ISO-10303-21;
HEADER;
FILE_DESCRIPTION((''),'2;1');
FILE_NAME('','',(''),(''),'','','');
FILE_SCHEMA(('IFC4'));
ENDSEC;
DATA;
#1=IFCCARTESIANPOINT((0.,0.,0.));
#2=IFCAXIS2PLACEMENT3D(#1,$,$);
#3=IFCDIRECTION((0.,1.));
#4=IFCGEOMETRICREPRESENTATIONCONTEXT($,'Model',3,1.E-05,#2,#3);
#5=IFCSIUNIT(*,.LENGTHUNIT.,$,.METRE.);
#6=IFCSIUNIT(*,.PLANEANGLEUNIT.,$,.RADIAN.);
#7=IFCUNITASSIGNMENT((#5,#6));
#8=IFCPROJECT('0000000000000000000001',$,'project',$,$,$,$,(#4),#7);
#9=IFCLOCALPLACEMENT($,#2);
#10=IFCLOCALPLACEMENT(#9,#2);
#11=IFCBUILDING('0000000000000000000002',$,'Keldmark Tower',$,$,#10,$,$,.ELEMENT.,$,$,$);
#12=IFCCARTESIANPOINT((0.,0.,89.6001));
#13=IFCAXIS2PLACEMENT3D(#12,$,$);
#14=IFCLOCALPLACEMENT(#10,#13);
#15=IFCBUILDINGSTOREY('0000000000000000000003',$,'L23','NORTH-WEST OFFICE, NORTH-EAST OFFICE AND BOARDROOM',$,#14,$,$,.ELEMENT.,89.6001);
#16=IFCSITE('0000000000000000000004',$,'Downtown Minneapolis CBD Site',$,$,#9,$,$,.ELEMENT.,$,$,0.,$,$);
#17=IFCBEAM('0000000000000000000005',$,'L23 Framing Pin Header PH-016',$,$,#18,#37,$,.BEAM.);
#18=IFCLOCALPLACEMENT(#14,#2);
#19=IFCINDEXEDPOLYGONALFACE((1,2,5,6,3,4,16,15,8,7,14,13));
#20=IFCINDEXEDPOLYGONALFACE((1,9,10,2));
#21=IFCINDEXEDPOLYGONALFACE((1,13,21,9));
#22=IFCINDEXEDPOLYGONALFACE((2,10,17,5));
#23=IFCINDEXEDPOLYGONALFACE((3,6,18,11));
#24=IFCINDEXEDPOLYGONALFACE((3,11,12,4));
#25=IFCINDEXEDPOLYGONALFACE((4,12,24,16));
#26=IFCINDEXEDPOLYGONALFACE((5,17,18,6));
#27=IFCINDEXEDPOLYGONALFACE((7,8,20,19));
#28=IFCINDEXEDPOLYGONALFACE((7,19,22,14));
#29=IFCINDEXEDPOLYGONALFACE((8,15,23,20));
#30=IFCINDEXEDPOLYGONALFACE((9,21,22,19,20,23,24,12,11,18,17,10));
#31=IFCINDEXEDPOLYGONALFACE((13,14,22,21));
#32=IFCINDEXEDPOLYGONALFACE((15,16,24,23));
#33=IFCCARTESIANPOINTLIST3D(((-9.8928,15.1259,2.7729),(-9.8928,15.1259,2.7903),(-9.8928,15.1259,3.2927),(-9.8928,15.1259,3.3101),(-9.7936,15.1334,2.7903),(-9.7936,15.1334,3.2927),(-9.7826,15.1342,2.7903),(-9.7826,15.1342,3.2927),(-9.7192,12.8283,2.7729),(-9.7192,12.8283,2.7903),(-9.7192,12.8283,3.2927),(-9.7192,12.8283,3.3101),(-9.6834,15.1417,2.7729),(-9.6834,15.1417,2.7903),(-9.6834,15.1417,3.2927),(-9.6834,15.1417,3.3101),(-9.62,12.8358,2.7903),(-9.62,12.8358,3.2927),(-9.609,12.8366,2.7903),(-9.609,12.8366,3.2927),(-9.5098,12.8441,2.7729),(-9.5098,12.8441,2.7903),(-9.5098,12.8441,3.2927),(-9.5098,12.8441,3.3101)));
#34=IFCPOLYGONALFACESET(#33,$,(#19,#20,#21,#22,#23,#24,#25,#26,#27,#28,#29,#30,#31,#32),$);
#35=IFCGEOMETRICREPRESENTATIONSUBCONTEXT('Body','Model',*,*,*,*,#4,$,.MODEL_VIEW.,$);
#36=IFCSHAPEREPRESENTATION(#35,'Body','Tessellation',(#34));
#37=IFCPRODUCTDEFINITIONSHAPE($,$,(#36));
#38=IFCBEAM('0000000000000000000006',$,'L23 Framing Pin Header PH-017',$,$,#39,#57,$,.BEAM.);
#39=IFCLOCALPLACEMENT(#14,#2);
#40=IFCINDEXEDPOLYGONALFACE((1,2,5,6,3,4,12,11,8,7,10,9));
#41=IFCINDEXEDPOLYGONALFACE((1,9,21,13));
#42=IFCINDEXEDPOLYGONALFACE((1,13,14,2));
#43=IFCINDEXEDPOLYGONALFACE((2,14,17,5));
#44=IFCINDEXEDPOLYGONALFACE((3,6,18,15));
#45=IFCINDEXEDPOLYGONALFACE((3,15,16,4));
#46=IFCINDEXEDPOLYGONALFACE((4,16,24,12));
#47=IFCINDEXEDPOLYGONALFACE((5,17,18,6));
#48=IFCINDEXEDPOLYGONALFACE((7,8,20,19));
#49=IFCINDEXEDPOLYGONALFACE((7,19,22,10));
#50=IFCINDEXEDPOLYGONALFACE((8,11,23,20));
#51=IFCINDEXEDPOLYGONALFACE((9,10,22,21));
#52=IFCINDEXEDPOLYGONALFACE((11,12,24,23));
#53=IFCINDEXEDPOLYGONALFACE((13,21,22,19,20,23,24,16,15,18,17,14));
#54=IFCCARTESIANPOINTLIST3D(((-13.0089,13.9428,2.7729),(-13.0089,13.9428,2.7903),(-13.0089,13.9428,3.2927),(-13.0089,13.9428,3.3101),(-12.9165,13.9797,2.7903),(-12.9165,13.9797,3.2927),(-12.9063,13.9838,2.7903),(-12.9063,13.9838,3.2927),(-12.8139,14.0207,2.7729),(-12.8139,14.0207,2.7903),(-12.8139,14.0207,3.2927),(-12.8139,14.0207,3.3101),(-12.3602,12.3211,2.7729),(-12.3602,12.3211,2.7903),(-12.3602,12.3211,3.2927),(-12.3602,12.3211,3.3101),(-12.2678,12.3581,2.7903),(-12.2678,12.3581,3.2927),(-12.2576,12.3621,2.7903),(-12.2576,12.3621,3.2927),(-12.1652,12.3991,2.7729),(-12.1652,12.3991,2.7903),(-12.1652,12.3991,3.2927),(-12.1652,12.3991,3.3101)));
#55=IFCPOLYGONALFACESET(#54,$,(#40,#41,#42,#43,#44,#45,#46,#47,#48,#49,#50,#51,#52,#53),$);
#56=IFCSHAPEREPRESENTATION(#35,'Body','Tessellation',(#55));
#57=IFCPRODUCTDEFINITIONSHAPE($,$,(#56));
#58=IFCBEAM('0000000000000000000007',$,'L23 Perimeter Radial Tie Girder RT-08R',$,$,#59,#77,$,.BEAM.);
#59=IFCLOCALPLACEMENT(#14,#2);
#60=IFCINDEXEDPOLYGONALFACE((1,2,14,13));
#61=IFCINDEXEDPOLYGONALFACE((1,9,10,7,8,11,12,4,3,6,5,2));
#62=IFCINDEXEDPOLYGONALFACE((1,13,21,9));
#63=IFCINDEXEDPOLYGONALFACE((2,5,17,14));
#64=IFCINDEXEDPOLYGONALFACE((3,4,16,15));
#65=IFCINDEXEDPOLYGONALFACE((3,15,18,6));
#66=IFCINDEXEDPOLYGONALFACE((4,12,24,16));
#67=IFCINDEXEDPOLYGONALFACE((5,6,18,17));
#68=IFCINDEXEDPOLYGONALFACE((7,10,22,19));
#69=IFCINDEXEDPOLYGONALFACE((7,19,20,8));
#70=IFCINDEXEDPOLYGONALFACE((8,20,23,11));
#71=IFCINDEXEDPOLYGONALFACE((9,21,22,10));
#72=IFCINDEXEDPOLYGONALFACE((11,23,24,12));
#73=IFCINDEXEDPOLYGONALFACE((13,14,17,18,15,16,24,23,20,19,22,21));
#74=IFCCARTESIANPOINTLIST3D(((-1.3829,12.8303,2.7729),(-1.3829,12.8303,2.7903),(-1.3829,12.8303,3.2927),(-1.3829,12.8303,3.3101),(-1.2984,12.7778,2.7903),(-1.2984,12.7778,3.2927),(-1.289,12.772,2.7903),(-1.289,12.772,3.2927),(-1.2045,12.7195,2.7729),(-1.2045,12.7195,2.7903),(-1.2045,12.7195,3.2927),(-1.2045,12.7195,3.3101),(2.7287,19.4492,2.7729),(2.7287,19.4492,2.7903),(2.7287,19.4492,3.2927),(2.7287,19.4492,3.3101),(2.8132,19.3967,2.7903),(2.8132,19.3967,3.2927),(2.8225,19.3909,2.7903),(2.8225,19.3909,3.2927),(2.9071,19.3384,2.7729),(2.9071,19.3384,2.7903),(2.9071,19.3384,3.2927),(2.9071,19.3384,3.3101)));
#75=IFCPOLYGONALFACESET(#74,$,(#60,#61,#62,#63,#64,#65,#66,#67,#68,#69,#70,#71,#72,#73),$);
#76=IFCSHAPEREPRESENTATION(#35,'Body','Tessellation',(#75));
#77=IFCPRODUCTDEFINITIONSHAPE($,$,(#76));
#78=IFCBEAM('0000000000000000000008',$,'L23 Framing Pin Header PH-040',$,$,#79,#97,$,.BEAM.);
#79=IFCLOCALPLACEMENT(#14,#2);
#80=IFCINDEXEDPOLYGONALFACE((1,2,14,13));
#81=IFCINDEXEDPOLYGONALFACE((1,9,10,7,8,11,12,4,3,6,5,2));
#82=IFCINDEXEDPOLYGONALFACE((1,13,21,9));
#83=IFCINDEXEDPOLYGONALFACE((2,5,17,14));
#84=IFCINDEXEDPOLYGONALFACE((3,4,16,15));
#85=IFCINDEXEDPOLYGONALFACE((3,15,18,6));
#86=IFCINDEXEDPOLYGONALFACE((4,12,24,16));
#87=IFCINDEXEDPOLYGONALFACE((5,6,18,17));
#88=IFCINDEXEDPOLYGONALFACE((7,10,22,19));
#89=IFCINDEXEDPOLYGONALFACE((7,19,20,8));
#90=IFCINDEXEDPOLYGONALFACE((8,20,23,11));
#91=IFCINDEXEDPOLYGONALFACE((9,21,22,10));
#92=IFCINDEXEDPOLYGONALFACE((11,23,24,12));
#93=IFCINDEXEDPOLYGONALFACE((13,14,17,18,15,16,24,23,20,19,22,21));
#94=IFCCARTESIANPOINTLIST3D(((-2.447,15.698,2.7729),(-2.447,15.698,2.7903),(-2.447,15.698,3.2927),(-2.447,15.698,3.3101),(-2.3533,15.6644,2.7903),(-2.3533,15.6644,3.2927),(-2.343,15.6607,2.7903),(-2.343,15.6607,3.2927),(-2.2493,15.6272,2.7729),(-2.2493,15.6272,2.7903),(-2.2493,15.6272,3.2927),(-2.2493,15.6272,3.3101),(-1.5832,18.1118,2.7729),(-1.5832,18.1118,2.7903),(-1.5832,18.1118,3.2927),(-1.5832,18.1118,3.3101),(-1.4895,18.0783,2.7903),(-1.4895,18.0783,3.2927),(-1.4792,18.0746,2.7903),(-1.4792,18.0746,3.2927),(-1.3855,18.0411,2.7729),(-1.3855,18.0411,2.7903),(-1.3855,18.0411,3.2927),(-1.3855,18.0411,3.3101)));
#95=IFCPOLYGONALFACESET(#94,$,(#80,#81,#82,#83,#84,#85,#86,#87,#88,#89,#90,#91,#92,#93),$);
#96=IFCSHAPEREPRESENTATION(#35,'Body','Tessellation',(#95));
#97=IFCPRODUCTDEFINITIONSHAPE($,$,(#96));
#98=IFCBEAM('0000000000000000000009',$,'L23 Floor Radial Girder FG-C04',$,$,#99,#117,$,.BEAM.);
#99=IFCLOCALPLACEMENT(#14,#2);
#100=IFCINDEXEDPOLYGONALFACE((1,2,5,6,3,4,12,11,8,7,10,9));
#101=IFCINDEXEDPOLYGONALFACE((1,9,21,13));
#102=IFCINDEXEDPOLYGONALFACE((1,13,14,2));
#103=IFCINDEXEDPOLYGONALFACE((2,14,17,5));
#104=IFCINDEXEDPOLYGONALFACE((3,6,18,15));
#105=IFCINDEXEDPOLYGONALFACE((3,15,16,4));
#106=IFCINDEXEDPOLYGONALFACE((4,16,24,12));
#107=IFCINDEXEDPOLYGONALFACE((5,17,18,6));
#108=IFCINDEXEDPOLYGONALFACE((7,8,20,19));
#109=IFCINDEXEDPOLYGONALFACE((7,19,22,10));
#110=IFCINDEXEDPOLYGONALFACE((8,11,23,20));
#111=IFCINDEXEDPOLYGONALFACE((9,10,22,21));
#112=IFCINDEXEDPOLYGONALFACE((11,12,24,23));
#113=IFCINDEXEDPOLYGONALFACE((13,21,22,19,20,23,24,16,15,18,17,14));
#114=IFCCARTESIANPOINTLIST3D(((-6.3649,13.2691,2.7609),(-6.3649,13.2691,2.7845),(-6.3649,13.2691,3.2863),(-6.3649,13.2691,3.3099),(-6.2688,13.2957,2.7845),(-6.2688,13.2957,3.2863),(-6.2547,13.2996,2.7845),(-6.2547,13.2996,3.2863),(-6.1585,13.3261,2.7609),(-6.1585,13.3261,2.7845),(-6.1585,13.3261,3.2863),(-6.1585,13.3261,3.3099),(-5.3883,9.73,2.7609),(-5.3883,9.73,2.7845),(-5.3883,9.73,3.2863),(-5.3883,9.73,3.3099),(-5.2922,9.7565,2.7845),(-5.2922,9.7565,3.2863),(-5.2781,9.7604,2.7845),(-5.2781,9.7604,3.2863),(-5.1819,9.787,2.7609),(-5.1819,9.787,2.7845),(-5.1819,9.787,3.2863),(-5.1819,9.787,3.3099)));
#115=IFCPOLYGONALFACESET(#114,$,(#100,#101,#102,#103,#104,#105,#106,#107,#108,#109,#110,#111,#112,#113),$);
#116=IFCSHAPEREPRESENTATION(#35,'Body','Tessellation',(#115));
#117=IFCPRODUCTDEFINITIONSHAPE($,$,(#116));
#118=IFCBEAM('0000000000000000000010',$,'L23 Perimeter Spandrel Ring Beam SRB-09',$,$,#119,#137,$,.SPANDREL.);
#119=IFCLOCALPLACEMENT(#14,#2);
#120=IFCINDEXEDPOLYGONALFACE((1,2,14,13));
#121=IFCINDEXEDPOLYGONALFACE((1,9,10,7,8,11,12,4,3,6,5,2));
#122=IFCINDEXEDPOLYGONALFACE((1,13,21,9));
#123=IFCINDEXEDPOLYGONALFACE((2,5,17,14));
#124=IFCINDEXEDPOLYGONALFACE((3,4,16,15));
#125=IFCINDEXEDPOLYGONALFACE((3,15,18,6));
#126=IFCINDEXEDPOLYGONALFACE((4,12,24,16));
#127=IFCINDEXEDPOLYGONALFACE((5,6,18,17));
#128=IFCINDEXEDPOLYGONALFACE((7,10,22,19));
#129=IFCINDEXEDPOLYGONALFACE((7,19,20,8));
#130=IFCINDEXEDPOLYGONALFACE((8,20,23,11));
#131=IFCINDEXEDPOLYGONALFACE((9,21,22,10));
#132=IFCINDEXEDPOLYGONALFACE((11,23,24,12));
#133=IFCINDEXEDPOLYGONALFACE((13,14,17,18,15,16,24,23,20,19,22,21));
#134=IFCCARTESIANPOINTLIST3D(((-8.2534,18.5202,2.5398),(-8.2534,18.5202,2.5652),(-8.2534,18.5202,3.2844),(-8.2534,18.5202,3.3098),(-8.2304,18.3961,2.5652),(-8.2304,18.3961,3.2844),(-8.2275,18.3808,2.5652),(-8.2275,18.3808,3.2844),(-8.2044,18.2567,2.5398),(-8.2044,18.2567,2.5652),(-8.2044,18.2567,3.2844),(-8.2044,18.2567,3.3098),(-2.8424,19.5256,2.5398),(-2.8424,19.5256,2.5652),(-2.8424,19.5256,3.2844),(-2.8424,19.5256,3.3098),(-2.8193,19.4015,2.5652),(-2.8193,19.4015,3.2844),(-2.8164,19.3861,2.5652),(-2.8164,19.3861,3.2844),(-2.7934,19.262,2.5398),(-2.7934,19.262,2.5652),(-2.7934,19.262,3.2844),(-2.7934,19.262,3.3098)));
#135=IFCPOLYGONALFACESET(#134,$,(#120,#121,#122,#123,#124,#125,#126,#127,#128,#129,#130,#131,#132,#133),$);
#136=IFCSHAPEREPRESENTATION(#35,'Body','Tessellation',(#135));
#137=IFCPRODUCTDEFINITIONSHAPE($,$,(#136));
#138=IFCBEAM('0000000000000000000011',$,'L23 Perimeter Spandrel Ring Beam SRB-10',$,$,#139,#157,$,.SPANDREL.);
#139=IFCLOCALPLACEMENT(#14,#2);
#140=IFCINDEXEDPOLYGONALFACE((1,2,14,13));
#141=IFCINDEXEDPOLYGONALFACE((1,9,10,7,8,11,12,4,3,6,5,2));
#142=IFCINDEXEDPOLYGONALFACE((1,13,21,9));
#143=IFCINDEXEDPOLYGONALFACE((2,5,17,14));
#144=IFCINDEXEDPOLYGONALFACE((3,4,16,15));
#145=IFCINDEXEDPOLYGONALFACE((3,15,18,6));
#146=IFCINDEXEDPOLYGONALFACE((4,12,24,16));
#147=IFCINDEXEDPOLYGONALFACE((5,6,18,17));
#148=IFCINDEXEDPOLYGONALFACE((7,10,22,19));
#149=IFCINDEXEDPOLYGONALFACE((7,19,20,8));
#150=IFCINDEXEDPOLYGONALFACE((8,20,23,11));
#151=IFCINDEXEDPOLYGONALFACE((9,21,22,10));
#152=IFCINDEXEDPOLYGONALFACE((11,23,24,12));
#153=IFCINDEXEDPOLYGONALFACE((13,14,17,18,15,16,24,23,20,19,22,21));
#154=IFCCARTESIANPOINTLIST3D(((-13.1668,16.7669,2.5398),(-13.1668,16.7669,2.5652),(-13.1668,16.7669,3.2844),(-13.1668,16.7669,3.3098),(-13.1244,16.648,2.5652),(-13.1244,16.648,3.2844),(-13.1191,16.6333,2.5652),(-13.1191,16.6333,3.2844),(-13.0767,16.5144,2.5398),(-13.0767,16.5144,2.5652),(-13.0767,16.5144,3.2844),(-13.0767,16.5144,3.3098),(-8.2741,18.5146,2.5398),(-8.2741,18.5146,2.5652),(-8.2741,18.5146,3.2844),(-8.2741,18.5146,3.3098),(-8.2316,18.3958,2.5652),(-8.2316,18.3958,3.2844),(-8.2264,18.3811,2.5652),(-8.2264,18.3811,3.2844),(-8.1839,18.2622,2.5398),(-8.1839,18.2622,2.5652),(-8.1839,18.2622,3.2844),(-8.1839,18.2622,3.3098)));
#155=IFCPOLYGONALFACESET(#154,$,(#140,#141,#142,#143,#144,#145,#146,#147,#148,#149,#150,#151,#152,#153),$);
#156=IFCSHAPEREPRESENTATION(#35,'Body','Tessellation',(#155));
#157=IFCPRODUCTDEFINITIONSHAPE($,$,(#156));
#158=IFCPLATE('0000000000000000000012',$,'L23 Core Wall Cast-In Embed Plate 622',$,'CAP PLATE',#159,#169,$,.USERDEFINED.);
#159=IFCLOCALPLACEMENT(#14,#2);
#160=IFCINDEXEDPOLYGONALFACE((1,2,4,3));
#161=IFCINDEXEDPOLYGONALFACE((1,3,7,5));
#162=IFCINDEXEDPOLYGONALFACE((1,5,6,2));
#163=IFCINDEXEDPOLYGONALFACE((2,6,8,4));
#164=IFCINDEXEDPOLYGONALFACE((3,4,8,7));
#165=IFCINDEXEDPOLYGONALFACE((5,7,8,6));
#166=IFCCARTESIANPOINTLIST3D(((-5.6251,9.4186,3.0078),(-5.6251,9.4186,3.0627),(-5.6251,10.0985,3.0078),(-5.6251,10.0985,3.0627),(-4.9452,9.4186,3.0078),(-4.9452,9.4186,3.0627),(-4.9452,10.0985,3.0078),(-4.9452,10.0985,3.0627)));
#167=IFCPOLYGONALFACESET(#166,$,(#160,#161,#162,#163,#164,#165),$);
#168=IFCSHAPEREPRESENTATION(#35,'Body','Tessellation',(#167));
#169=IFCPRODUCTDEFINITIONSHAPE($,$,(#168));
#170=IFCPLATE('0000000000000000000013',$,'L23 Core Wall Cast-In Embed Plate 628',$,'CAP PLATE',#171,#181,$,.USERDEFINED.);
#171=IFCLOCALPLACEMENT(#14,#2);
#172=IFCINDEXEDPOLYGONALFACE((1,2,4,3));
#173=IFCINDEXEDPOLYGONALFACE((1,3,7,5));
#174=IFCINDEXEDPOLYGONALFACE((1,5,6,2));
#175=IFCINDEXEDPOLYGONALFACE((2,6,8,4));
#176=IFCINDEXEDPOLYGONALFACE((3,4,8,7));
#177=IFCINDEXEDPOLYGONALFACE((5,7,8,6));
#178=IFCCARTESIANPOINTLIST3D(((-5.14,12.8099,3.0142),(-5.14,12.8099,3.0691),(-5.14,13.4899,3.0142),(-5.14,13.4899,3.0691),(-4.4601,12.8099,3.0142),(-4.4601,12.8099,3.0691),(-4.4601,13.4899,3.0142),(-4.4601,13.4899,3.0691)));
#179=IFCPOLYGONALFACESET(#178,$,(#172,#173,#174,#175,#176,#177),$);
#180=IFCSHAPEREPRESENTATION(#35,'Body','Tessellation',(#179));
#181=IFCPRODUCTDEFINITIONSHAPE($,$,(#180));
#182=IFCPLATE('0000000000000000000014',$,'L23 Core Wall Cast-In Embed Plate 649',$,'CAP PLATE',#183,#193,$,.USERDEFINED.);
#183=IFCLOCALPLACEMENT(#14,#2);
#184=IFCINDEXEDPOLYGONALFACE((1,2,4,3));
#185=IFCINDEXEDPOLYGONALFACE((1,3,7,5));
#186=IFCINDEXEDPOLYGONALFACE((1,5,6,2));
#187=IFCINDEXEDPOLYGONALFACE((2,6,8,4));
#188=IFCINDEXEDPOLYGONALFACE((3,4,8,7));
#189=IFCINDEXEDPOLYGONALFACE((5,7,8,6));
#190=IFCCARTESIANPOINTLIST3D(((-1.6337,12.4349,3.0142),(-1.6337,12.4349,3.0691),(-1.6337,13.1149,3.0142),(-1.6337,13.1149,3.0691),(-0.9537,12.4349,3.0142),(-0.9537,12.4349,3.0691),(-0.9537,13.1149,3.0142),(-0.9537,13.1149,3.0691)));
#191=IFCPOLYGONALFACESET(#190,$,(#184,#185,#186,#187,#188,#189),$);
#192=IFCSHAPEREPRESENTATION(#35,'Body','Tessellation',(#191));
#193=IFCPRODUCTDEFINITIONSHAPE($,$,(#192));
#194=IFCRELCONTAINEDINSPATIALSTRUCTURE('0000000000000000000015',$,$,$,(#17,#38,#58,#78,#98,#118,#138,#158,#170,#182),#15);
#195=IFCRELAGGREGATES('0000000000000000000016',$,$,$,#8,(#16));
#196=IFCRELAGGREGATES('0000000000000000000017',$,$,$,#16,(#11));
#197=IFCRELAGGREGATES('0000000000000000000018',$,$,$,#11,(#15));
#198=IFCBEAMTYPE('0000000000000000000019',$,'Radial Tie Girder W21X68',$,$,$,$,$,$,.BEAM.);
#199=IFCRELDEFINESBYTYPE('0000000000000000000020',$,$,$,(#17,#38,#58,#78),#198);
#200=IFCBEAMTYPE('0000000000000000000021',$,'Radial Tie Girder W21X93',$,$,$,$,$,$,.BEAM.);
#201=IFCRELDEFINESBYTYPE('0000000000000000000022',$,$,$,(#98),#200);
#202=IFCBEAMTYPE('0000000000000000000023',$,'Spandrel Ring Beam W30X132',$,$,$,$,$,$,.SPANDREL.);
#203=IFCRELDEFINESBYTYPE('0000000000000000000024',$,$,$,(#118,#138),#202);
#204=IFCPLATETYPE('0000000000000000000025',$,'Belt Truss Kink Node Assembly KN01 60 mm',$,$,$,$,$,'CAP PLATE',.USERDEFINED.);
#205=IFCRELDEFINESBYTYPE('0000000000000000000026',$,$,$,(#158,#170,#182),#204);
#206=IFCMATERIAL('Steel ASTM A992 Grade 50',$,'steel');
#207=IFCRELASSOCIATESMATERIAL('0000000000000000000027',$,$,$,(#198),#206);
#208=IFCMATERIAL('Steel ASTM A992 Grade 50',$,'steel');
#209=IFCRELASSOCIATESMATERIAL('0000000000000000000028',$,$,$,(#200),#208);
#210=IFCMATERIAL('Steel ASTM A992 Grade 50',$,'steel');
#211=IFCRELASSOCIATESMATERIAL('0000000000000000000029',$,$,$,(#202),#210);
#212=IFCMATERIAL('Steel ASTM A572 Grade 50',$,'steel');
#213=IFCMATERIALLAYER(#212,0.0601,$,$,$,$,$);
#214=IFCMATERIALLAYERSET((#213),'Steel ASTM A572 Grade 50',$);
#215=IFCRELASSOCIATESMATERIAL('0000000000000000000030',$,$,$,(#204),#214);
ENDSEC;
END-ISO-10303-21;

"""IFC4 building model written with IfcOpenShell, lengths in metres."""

from ifc_helpers import new_model, si_unit, direction, frame, origin, origin_2d, place, context, subcontext, project, spatial, rectangle, i_section, extrude, material, layer, layer_set, material_profile, profile_set, type_object, element, save


model = new_model("IFC4")

# Units and contexts
model_context = context("Model", 3, precision=1e-05, world=origin(), true_north=direction((0.0, 1.0)))
body_context = subcontext(model_context, "Body", "Model", "MODEL_VIEW")
ifc_project = project(units=[si_unit("LENGTHUNIT", "METRE"), si_unit("PLANEANGLEUNIT", "RADIAN")], contexts=[model_context])

# Site, building, storey
site_placement = place(None, origin())
site = spatial("IfcSite", under=ifc_project, at=site_placement, Name="Downtown Minneapolis CBD Site", CompositionType="ELEMENT", RefElevation=0.0)
building_placement = place(site_placement, origin())
building = spatial("IfcBuilding", under=site, at=building_placement, Name="Keldmark Tower", CompositionType="ELEMENT")
storey_placement = place(building_placement, frame((0.0, 0.0, 89.6001)))
storey = spatial("IfcBuildingStorey", under=building, at=storey_placement, Name="L23", Description="NORTH-WEST OFFICE, NORTH-EAST OFFICE AND BOARDROOM", CompositionType="ELEMENT", Elevation=89.6001)

# Beams
ifc_material_1 = material(Name="Steel ASTM A992 Grade 50", Category="steel")
ifc_material_profile_1 = material_profile(ifc_material_1, i_section(OverallWidth=0.21, OverallDepth=0.5371, WebThickness=0.011, FlangeThickness=0.0173, at=origin_2d()), Name="W21X68")
ifc_profile_set_1 = profile_set([ifc_material_profile_1], Name="Steel ASTM A992 Grade 50")
beam_type_1 = type_object("IfcBeamType", Name="Radial Tie Girder W21X68", PredefinedType="BEAM", material=ifc_profile_set_1)
beam_1_placement = place(storey_placement, frame((-9.6145, 12.8362, 3.0415), z_axis=(-0.075335, 0.997158, 0.0), x_axis=(-0.997158, -0.075335, 0.0)))
element("IfcBeam", 1, at=beam_1_placement, inside=storey, type_object=beam_type_1, Name="L23 Framing Pin Header PH-016", PredefinedType="BEAM", context=body_context, shape_type="SweptSolid", body=[
    extrude(i_section(OverallWidth=0.21, OverallDepth=0.5371, WebThickness=0.011, FlangeThickness=0.0173, at=origin_2d()), origin(), (0.0, 0.0, 1.0), 2.3042),
])
beam_2_placement = place(storey_placement, frame((-12.2627, 12.3601, 3.0415), z_axis=(-0.371415, 0.928467, 0.0), x_axis=(-0.928467, -0.371415, 0.0)))
element("IfcBeam", 2, at=beam_2_placement, inside=storey, type_object=beam_type_1, Name="L23 Framing Pin Header PH-017", PredefinedType="BEAM", context=body_context, shape_type="SweptSolid", body=[
    extrude(i_section(OverallWidth=0.21, OverallDepth=0.5371, WebThickness=0.011, FlangeThickness=0.0173, at=origin_2d()), origin(), (0.0, 0.0, 1.0), 1.7466),
])
beam_3_placement = place(storey_placement, frame((-1.2937, 12.7749, 3.0415), z_axis=(0.527668, 0.849451, 0.0), x_axis=(-0.849451, 0.527668, 0.0)))
element("IfcBeam", 3, at=beam_3_placement, inside=storey, type_object=beam_type_1, Name="L23 Perimeter Radial Tie Girder RT-08R", PredefinedType="BEAM", context=body_context, shape_type="SweptSolid", body=[
    extrude(i_section(OverallWidth=0.21, OverallDepth=0.5371, WebThickness=0.011, FlangeThickness=0.0173, at=origin_2d()), origin(), (0.0, 0.0, 1.0), 7.792),
])
beam_4_placement = place(storey_placement, frame((-2.3481, 15.6626, 3.0415), z_axis=(0.336921, 0.941533, 0.0), x_axis=(-0.941533, 0.336921, 0.0)))
element("IfcBeam", 4, at=beam_4_placement, inside=storey, type_object=beam_type_1, Name="L23 Framing Pin Header PH-040", PredefinedType="BEAM", context=body_context, shape_type="SweptSolid", body=[
    extrude(i_section(OverallWidth=0.21, OverallDepth=0.5371, WebThickness=0.011, FlangeThickness=0.0173, at=origin_2d()), origin(), (0.0, 0.0, 1.0), 2.5637),
])
ifc_material_2 = material(Name="Steel ASTM A992 Grade 50", Category="steel")
ifc_material_profile_2 = material_profile(ifc_material_2, i_section(OverallWidth=0.2141, OverallDepth=0.5491, WebThickness=0.0146, FlangeThickness=0.0237, at=origin_2d()), Name="W21X93")
ifc_profile_set_2 = profile_set([ifc_material_profile_2], Name="Steel ASTM A992 Grade 50")
beam_type_2 = type_object("IfcBeamType", Name="Radial Tie Girder W21X93", PredefinedType="BEAM", material=ifc_profile_set_2)
beam_5_placement = place(storey_placement, frame((-6.2617, 13.2976, 3.0354), z_axis=(0.265997, -0.963974, 0.0), x_axis=(0.963974, 0.265997, 0.0)))
element("IfcBeam", 5, at=beam_5_placement, inside=storey, type_object=beam_type_2, Name="L23 Floor Radial Girder FG-C04", PredefinedType="BEAM", context=body_context, shape_type="SweptSolid", body=[
    extrude(i_section(OverallWidth=0.2141, OverallDepth=0.5491, WebThickness=0.0146, FlangeThickness=0.0237, at=origin_2d()), origin(), (0.0, 0.0, 1.0), 3.6714),
])
ifc_material_3 = material(Name="Steel ASTM A992 Grade 50", Category="steel")
ifc_material_profile_3 = material_profile(ifc_material_3, i_section(OverallWidth=0.2681, OverallDepth=0.77, WebThickness=0.0156, FlangeThickness=0.0254, at=origin_2d()), Name="W30X132")
ifc_profile_set_3 = profile_set([ifc_material_profile_3], Name="Steel ASTM A992 Grade 50")
beam_type_3 = type_object("IfcBeamType", Name="Spandrel Ring Beam W30X132", PredefinedType="SPANDREL", material=ifc_profile_set_3)
beam_6_placement = place(storey_placement, frame((-2.8179, 19.3938, 2.9248), z_axis=(-0.983174, -0.182671, 0.0), x_axis=(0.182671, -0.983174, 0.0)))
element("IfcBeam", 6, at=beam_6_placement, inside=storey, type_object=beam_type_3, Name="L23 Perimeter Spandrel Ring Beam SRB-09", PredefinedType="SPANDREL", context=body_context, shape_type="SweptSolid", body=[
    extrude(i_section(OverallWidth=0.2681, OverallDepth=0.77, WebThickness=0.0156, FlangeThickness=0.0254, at=origin_2d()), origin(), (0.0, 0.0, 1.0), 5.5037),
])
beam_7_placement = place(storey_placement, frame((-8.229, 18.3884, 2.9248), z_axis=(-0.94172, -0.336399, 0.0), x_axis=(0.336399, -0.94172, 0.0)))
element("IfcBeam", 7, at=beam_7_placement, inside=storey, type_object=beam_type_3, Name="L23 Perimeter Spandrel Ring Beam SRB-10", PredefinedType="SPANDREL", context=body_context, shape_type="SweptSolid", body=[
    extrude(i_section(OverallWidth=0.2681, OverallDepth=0.77, WebThickness=0.0156, FlangeThickness=0.0254, at=origin_2d()), origin(), (0.0, 0.0, 1.0), 5.1956),
])

# Plates
ifc_material_4 = material(Name="Steel ASTM A572 Grade 50", Category="steel")
ifc_layer_1 = layer(ifc_material_4, 0.0601)
ifc_layer_set_1 = layer_set([ifc_layer_1], Name="Steel ASTM A572 Grade 50")
plate_type_1 = type_object("IfcPlateType", Name="Belt Truss Kink Node Assembly KN01 60 mm", ElementType="CAP PLATE", PredefinedType="USERDEFINED", material=ifc_layer_set_1)
for number, where, z_axis, x_axis, name in (
    (8, (-5.2852, 9.7585, 3.0078), (0.0, 0.0, 1.0), (1.0, 0.0, 0.0), "L23 Core Wall Cast-In Embed Plate 622"),
    (9, (-4.8, 13.1499, 3.0142), (0.0, 0.0, 1.0), (1.0, 0.0, 0.0), "L23 Core Wall Cast-In Embed Plate 628"),
    (10, (-1.2937, 12.7749, 3.0142), (0.0, 0.0, 1.0), (1.0, 0.0, 0.0), "L23 Core Wall Cast-In Embed Plate 649"),
):
    element("IfcPlate", number, at=place(storey_placement, frame(where, z_axis=z_axis, x_axis=x_axis)), inside=storey, type_object=plate_type_1, Name=name, ObjectType="CAP PLATE", PredefinedType="USERDEFINED", context=body_context, shape_type="SweptSolid", body=[
        extrude(rectangle(XDim=0.6799, YDim=0.6799, at=origin_2d()), origin(), (0.0, 0.0, 1.0), 0.0549),
    ])

save(model, "model.ifc")
